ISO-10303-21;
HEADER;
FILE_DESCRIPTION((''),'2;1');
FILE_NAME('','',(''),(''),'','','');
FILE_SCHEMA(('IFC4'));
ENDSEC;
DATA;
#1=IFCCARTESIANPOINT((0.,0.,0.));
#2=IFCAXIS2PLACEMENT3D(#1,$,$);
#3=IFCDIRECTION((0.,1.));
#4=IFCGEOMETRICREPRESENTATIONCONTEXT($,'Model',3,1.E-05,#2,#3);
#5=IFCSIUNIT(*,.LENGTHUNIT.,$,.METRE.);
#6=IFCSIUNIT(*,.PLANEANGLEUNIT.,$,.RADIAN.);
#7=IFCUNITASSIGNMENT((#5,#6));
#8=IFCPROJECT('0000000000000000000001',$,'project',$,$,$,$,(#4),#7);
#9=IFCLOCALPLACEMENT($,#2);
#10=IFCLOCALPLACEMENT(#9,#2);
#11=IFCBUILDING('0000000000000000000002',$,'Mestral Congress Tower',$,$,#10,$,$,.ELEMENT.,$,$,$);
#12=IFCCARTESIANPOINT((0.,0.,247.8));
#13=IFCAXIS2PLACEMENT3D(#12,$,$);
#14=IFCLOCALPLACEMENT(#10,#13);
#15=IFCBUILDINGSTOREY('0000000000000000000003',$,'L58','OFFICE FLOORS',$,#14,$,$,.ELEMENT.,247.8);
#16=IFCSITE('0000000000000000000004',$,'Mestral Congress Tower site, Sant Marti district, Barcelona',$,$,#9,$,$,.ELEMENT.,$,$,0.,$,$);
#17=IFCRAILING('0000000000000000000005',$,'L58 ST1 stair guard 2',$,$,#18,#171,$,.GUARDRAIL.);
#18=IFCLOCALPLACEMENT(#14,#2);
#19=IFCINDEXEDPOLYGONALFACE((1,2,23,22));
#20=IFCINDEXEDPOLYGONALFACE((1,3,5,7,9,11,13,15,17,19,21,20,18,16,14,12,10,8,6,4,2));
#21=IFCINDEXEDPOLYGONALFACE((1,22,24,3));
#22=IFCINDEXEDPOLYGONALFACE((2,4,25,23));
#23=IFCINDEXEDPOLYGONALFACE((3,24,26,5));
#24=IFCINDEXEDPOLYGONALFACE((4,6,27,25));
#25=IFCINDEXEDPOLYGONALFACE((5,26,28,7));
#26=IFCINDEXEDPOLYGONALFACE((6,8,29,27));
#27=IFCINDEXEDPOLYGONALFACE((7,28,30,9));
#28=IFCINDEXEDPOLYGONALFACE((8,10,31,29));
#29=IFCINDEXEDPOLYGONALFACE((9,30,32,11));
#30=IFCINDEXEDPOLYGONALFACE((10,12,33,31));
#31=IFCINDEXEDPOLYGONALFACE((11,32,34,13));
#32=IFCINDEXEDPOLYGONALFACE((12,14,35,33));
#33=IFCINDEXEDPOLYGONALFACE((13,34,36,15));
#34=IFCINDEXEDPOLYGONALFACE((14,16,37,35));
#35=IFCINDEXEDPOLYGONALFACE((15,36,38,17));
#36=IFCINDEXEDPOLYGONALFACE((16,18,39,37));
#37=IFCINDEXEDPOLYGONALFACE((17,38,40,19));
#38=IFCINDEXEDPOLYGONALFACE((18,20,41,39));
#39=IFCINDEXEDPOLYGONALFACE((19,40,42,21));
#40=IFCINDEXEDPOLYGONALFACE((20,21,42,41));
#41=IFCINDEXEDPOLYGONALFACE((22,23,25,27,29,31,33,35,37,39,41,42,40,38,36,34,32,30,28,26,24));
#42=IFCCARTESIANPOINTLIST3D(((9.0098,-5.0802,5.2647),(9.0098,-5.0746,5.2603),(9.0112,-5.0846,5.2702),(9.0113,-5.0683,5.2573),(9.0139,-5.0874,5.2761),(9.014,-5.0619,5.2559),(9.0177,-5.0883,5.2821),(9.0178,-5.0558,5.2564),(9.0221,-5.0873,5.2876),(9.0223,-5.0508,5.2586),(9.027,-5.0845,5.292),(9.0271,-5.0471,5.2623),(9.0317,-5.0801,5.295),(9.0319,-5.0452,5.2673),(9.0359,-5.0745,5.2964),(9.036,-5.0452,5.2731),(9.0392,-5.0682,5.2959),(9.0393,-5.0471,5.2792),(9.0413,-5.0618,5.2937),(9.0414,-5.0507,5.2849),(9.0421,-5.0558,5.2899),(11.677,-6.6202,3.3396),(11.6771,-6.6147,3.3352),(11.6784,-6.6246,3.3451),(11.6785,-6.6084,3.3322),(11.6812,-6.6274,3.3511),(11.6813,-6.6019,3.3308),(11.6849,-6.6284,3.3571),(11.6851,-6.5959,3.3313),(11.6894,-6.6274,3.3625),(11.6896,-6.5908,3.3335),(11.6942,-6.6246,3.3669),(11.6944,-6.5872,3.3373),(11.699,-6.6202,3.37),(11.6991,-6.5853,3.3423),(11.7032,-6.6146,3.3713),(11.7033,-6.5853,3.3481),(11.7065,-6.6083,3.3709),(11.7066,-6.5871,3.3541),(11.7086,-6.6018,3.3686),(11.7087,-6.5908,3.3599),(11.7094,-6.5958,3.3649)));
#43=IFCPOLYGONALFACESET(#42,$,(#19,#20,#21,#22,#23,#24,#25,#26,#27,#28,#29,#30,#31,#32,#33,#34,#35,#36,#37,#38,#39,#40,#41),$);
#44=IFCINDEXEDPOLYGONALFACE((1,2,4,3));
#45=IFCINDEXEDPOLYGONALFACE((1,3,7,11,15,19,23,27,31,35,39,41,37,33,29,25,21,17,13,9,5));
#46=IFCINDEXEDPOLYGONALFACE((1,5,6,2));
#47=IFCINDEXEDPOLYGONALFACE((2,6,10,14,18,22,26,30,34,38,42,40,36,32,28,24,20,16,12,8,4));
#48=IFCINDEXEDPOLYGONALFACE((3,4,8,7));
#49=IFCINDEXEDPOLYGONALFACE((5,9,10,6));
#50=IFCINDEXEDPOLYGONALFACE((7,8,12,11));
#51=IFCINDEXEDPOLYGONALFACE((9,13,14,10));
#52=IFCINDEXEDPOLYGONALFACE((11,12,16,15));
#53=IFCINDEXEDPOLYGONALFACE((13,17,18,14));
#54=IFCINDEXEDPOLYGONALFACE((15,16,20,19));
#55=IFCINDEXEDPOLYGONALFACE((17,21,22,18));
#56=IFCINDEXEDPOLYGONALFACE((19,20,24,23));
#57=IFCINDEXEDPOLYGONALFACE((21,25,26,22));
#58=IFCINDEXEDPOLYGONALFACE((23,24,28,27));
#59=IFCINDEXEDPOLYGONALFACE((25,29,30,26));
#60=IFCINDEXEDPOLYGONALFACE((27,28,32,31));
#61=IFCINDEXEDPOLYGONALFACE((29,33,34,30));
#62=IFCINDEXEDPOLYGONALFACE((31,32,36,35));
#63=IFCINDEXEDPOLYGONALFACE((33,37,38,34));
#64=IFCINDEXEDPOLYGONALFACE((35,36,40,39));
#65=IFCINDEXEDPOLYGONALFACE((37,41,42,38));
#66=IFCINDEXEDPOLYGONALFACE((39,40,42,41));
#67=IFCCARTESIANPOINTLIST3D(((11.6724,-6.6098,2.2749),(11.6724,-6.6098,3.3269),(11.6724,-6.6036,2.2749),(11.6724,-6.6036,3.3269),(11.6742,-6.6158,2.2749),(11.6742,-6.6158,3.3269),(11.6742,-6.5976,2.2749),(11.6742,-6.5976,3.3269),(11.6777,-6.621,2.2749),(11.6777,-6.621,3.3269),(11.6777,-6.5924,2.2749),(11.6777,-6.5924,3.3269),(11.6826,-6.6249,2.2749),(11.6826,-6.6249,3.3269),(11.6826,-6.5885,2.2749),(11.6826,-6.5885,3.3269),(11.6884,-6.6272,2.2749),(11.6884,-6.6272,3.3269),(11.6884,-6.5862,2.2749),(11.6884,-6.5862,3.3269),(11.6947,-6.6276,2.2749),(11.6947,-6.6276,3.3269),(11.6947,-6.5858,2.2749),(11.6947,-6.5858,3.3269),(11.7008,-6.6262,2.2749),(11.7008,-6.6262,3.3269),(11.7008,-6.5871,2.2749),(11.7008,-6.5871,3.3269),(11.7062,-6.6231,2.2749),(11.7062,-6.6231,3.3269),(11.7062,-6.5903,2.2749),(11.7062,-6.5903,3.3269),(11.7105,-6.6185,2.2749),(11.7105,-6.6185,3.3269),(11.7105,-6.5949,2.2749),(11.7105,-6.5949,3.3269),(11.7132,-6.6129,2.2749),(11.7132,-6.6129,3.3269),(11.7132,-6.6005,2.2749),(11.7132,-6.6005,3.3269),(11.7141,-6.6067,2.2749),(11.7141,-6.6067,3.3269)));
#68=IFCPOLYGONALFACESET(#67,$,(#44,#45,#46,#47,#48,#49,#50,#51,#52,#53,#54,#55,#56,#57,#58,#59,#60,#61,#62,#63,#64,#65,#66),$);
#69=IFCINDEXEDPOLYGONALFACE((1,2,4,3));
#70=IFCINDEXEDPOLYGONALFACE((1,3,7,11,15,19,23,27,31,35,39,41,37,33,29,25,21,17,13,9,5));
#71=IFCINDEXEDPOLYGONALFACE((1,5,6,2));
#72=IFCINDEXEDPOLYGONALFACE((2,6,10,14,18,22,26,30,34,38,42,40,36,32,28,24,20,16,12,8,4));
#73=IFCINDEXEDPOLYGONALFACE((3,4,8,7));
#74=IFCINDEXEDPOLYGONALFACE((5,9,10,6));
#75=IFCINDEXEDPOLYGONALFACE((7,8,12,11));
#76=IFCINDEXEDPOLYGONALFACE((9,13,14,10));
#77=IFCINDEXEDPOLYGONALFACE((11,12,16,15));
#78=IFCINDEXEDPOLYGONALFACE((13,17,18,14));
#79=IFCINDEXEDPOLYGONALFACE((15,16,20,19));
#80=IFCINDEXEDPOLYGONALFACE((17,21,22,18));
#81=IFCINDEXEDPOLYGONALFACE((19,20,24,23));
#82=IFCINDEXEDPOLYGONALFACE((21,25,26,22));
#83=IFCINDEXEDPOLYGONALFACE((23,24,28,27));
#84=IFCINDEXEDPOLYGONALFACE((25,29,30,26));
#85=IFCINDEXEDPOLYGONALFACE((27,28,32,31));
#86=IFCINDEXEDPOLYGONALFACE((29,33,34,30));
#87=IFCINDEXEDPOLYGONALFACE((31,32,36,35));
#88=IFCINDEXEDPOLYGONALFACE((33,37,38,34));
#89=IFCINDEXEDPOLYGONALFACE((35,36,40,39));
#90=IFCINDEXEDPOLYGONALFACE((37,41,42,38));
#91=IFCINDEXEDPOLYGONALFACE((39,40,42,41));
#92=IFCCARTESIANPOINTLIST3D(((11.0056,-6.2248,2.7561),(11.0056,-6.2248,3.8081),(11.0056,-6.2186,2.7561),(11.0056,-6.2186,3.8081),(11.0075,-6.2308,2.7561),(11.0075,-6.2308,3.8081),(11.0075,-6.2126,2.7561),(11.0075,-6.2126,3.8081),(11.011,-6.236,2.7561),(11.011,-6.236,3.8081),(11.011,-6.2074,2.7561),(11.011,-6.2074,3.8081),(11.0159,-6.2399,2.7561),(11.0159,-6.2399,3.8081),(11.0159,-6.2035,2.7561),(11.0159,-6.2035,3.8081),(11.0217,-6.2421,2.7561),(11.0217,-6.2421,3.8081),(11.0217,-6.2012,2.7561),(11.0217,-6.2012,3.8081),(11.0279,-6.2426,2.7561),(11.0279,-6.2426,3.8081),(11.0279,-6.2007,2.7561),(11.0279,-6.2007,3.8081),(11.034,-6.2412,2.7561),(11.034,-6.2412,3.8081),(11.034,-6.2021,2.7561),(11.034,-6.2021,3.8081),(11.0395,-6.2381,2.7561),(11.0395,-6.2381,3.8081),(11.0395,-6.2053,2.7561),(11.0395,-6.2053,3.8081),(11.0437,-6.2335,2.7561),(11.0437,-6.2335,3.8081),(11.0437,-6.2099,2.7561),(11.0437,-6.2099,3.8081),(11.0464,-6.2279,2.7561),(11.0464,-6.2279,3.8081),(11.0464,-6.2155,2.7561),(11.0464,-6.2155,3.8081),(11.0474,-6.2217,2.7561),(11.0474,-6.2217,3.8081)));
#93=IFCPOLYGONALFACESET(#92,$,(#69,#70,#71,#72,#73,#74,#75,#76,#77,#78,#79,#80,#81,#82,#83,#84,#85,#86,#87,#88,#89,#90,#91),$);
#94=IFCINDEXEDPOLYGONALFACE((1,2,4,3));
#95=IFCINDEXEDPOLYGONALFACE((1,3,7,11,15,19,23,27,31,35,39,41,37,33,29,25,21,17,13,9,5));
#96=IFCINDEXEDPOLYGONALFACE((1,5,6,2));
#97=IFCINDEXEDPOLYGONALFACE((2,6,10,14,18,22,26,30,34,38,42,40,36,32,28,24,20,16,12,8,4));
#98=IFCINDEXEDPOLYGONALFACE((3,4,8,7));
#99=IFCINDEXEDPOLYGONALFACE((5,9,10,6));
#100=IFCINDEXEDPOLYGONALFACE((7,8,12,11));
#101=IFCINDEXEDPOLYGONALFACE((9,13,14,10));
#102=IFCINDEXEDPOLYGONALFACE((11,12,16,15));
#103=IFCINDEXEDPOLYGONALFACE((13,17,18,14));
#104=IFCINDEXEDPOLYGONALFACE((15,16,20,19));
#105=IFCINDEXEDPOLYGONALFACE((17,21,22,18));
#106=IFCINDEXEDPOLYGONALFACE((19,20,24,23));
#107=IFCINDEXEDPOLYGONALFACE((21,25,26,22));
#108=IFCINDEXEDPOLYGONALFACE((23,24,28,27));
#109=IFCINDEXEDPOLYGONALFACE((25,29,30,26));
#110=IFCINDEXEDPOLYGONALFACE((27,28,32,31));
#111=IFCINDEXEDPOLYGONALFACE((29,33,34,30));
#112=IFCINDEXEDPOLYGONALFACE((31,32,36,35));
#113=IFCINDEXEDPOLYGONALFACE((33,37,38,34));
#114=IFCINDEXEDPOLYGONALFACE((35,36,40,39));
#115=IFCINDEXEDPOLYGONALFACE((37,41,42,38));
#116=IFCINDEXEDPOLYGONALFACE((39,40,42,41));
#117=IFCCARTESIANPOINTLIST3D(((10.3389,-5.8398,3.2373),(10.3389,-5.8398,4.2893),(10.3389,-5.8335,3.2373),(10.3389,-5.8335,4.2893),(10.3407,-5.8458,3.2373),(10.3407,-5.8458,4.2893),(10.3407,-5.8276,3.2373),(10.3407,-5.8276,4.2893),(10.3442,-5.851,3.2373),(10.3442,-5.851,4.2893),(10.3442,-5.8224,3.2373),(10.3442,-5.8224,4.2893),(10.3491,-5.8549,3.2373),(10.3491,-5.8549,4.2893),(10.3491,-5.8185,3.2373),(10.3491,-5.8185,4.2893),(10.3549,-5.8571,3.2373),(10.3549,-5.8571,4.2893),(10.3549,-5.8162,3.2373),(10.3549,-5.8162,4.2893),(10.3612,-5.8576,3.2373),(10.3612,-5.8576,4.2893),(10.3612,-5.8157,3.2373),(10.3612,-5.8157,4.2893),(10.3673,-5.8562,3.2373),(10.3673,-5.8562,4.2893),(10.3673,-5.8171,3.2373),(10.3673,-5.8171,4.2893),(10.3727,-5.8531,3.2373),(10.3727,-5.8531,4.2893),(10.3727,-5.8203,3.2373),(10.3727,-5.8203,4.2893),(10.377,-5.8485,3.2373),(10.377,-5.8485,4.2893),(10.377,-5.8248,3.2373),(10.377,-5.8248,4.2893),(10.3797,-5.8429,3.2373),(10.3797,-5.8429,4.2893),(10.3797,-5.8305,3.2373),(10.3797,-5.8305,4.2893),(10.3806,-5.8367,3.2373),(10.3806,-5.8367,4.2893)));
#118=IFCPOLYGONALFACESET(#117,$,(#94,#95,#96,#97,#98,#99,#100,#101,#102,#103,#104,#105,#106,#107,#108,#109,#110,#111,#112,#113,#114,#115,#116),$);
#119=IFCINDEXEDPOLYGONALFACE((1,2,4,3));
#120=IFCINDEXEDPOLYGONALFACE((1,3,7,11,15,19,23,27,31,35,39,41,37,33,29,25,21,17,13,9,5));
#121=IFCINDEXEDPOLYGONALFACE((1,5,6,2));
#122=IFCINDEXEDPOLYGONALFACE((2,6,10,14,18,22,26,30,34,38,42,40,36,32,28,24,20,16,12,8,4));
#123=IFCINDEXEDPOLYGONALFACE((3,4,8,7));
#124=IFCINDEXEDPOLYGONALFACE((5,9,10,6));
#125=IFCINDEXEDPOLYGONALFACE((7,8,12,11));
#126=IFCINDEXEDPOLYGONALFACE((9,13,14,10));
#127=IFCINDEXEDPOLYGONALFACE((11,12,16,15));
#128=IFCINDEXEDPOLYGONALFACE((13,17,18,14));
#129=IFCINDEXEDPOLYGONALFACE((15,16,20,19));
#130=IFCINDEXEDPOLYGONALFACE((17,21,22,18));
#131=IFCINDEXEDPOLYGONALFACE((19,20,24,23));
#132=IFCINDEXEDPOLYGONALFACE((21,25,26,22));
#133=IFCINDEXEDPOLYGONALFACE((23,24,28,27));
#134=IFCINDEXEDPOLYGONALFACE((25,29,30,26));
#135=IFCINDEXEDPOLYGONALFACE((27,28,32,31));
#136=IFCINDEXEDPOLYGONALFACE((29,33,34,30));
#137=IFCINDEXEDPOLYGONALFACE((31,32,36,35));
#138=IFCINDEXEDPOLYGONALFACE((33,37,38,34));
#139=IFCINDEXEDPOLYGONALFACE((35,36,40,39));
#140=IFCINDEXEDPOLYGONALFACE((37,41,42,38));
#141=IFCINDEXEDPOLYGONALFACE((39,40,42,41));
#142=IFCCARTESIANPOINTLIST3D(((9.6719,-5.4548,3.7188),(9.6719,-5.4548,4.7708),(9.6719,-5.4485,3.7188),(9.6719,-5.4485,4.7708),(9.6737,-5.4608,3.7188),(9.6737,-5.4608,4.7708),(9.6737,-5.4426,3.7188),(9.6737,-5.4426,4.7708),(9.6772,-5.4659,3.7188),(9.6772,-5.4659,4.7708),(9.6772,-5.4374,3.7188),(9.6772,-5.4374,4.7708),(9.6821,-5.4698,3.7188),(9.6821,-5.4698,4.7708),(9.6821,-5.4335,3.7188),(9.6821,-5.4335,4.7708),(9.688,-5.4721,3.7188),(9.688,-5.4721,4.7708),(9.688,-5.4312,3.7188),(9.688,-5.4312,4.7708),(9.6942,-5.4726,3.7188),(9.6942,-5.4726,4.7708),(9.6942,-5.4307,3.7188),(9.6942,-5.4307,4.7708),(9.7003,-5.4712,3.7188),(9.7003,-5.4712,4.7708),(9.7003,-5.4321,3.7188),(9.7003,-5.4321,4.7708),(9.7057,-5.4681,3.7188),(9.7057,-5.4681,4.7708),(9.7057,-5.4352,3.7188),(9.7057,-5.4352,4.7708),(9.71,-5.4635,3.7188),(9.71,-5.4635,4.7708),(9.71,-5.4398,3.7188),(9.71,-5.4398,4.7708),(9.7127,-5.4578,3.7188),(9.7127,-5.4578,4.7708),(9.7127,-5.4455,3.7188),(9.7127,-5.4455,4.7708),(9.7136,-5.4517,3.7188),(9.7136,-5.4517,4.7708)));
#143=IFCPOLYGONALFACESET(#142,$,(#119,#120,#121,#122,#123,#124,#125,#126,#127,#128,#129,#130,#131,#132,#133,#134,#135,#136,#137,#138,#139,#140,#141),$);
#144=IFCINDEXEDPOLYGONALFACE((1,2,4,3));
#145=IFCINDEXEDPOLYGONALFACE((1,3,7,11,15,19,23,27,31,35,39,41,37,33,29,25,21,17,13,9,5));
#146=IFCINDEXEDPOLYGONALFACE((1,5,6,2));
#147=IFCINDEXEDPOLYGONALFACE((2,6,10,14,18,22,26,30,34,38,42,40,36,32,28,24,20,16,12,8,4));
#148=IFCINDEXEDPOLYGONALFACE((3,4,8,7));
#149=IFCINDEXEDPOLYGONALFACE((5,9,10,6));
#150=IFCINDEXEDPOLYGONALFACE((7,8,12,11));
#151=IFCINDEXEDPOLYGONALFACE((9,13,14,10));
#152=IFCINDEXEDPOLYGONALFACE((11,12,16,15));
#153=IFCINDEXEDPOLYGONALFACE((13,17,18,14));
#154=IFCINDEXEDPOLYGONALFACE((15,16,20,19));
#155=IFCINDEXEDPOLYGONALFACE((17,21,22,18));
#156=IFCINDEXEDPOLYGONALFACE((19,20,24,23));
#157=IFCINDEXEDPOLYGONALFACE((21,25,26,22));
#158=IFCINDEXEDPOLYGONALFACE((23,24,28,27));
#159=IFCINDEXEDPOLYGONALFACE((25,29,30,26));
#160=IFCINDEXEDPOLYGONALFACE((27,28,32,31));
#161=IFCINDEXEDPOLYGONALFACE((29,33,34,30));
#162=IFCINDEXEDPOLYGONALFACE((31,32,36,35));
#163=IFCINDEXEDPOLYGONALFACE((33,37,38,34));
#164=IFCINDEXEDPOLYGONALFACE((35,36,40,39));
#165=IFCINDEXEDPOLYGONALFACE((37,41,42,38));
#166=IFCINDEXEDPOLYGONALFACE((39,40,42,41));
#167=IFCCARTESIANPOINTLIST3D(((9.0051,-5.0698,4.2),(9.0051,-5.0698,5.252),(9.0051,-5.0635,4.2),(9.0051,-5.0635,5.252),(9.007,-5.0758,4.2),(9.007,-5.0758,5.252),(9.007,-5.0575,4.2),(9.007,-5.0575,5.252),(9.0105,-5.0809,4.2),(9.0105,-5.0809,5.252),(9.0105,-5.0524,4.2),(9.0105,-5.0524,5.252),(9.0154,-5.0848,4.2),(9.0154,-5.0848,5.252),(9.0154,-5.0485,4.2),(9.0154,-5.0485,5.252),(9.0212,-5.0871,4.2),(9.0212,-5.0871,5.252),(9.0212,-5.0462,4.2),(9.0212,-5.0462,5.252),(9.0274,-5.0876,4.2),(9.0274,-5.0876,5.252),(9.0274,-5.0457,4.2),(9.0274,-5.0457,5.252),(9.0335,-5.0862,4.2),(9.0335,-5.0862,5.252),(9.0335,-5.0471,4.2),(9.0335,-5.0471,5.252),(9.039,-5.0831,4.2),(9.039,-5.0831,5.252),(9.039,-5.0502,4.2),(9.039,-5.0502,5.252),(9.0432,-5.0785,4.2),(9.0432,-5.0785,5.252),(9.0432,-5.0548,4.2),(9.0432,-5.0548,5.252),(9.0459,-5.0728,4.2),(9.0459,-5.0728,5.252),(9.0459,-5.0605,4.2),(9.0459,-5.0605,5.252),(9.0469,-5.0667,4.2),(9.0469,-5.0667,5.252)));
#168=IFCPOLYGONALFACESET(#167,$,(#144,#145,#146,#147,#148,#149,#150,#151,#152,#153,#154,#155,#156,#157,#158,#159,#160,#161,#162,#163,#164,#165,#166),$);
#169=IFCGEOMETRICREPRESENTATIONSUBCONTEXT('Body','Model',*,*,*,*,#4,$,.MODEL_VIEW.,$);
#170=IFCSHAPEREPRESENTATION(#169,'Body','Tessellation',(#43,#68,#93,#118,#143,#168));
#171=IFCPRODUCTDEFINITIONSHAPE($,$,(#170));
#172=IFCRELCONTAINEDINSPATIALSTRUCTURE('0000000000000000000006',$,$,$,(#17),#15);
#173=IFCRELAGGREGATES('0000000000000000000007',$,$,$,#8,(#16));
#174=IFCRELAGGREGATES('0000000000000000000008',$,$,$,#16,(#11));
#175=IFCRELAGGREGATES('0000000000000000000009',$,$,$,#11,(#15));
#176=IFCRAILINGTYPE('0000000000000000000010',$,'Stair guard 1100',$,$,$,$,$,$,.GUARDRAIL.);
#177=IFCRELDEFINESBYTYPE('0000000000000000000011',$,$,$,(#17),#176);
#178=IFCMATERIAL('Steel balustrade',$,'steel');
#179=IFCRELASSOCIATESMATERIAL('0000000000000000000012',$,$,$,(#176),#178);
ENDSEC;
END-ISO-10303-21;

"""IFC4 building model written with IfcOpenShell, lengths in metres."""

from ifc_helpers import new_model, si_unit, direction, frame, origin, origin_2d, place, context, subcontext, project, spatial, circle, extrude, material, type_object, element, save


model = new_model("IFC4")

# Units and contexts
model_context = context("Model", 3, precision=1e-05, world=origin(), true_north=direction((0.0, 1.0)))
body_context = subcontext(model_context, "Body", "Model", "MODEL_VIEW")
ifc_project = project(units=[si_unit("LENGTHUNIT", "METRE"), si_unit("PLANEANGLEUNIT", "RADIAN")], contexts=[model_context])

# Site, building, storey
site_placement = place(None, origin())
site = spatial("IfcSite", under=ifc_project, at=site_placement, Name="Mestral Congress Tower site, Sant Marti district, Barcelona", CompositionType="ELEMENT", RefElevation=0.0)
building_placement = place(site_placement, origin())
building = spatial("IfcBuilding", under=site, at=building_placement, Name="Mestral Congress Tower", CompositionType="ELEMENT")
storey_placement = place(building_placement, frame((0.0, 0.0, 247.8)))
storey = spatial("IfcBuildingStorey", under=building, at=storey_placement, Name="L58", Description="OFFICE FLOORS", CompositionType="ELEMENT", Elevation=247.8)

# Railing
ifc_material_1 = material(Name="Steel balustrade", Category="steel")
railing_type_1 = type_object("IfcRailingType", Name="Stair guard 1100", PredefinedType="GUARDRAIL", material=ifc_material_1)
railing_1_placement = place(storey_placement, frame((11.6931, -6.6067, 2.2749)))
element("IfcRailing", 1, at=railing_1_placement, inside=storey, type_object=railing_type_1, Name="L58 ST1 stair guard 2", PredefinedType="GUARDRAIL", context=body_context, shape_type="SweptSolid", body=[
    extrude(circle(Radius=0.0239, at=origin_2d()), frame((0.0, 0.0, 1.0762), z_axis=(-0.734364, 0.424015, 0.530019), x_axis=(-0.500027, -0.86601, 0.0)), (0.0, 0.0, 1.0), 3.6321),
    extrude(circle(Radius=0.021, at=origin_2d()), origin(), (0.0, 0.0, 1.0), 1.052),
    extrude(circle(Radius=0.021, at=origin_2d()), frame((-0.6667, 0.385, 0.4812)), (0.0, 0.0, 1.0), 1.052),
    extrude(circle(Radius=0.021, at=origin_2d()), frame((-1.3335, 0.77, 0.9624)), (0.0, 0.0, 1.0), 1.052),
    extrude(circle(Radius=0.021, at=origin_2d()), frame((-2.0005, 1.155, 1.4438)), (0.0, 0.0, 1.0), 1.052),
    extrude(circle(Radius=0.021, at=origin_2d()), frame((-2.6672, 1.54, 1.925)), (0.0, 0.0, 1.0), 1.052),
])

save(model, "model.ifc")
